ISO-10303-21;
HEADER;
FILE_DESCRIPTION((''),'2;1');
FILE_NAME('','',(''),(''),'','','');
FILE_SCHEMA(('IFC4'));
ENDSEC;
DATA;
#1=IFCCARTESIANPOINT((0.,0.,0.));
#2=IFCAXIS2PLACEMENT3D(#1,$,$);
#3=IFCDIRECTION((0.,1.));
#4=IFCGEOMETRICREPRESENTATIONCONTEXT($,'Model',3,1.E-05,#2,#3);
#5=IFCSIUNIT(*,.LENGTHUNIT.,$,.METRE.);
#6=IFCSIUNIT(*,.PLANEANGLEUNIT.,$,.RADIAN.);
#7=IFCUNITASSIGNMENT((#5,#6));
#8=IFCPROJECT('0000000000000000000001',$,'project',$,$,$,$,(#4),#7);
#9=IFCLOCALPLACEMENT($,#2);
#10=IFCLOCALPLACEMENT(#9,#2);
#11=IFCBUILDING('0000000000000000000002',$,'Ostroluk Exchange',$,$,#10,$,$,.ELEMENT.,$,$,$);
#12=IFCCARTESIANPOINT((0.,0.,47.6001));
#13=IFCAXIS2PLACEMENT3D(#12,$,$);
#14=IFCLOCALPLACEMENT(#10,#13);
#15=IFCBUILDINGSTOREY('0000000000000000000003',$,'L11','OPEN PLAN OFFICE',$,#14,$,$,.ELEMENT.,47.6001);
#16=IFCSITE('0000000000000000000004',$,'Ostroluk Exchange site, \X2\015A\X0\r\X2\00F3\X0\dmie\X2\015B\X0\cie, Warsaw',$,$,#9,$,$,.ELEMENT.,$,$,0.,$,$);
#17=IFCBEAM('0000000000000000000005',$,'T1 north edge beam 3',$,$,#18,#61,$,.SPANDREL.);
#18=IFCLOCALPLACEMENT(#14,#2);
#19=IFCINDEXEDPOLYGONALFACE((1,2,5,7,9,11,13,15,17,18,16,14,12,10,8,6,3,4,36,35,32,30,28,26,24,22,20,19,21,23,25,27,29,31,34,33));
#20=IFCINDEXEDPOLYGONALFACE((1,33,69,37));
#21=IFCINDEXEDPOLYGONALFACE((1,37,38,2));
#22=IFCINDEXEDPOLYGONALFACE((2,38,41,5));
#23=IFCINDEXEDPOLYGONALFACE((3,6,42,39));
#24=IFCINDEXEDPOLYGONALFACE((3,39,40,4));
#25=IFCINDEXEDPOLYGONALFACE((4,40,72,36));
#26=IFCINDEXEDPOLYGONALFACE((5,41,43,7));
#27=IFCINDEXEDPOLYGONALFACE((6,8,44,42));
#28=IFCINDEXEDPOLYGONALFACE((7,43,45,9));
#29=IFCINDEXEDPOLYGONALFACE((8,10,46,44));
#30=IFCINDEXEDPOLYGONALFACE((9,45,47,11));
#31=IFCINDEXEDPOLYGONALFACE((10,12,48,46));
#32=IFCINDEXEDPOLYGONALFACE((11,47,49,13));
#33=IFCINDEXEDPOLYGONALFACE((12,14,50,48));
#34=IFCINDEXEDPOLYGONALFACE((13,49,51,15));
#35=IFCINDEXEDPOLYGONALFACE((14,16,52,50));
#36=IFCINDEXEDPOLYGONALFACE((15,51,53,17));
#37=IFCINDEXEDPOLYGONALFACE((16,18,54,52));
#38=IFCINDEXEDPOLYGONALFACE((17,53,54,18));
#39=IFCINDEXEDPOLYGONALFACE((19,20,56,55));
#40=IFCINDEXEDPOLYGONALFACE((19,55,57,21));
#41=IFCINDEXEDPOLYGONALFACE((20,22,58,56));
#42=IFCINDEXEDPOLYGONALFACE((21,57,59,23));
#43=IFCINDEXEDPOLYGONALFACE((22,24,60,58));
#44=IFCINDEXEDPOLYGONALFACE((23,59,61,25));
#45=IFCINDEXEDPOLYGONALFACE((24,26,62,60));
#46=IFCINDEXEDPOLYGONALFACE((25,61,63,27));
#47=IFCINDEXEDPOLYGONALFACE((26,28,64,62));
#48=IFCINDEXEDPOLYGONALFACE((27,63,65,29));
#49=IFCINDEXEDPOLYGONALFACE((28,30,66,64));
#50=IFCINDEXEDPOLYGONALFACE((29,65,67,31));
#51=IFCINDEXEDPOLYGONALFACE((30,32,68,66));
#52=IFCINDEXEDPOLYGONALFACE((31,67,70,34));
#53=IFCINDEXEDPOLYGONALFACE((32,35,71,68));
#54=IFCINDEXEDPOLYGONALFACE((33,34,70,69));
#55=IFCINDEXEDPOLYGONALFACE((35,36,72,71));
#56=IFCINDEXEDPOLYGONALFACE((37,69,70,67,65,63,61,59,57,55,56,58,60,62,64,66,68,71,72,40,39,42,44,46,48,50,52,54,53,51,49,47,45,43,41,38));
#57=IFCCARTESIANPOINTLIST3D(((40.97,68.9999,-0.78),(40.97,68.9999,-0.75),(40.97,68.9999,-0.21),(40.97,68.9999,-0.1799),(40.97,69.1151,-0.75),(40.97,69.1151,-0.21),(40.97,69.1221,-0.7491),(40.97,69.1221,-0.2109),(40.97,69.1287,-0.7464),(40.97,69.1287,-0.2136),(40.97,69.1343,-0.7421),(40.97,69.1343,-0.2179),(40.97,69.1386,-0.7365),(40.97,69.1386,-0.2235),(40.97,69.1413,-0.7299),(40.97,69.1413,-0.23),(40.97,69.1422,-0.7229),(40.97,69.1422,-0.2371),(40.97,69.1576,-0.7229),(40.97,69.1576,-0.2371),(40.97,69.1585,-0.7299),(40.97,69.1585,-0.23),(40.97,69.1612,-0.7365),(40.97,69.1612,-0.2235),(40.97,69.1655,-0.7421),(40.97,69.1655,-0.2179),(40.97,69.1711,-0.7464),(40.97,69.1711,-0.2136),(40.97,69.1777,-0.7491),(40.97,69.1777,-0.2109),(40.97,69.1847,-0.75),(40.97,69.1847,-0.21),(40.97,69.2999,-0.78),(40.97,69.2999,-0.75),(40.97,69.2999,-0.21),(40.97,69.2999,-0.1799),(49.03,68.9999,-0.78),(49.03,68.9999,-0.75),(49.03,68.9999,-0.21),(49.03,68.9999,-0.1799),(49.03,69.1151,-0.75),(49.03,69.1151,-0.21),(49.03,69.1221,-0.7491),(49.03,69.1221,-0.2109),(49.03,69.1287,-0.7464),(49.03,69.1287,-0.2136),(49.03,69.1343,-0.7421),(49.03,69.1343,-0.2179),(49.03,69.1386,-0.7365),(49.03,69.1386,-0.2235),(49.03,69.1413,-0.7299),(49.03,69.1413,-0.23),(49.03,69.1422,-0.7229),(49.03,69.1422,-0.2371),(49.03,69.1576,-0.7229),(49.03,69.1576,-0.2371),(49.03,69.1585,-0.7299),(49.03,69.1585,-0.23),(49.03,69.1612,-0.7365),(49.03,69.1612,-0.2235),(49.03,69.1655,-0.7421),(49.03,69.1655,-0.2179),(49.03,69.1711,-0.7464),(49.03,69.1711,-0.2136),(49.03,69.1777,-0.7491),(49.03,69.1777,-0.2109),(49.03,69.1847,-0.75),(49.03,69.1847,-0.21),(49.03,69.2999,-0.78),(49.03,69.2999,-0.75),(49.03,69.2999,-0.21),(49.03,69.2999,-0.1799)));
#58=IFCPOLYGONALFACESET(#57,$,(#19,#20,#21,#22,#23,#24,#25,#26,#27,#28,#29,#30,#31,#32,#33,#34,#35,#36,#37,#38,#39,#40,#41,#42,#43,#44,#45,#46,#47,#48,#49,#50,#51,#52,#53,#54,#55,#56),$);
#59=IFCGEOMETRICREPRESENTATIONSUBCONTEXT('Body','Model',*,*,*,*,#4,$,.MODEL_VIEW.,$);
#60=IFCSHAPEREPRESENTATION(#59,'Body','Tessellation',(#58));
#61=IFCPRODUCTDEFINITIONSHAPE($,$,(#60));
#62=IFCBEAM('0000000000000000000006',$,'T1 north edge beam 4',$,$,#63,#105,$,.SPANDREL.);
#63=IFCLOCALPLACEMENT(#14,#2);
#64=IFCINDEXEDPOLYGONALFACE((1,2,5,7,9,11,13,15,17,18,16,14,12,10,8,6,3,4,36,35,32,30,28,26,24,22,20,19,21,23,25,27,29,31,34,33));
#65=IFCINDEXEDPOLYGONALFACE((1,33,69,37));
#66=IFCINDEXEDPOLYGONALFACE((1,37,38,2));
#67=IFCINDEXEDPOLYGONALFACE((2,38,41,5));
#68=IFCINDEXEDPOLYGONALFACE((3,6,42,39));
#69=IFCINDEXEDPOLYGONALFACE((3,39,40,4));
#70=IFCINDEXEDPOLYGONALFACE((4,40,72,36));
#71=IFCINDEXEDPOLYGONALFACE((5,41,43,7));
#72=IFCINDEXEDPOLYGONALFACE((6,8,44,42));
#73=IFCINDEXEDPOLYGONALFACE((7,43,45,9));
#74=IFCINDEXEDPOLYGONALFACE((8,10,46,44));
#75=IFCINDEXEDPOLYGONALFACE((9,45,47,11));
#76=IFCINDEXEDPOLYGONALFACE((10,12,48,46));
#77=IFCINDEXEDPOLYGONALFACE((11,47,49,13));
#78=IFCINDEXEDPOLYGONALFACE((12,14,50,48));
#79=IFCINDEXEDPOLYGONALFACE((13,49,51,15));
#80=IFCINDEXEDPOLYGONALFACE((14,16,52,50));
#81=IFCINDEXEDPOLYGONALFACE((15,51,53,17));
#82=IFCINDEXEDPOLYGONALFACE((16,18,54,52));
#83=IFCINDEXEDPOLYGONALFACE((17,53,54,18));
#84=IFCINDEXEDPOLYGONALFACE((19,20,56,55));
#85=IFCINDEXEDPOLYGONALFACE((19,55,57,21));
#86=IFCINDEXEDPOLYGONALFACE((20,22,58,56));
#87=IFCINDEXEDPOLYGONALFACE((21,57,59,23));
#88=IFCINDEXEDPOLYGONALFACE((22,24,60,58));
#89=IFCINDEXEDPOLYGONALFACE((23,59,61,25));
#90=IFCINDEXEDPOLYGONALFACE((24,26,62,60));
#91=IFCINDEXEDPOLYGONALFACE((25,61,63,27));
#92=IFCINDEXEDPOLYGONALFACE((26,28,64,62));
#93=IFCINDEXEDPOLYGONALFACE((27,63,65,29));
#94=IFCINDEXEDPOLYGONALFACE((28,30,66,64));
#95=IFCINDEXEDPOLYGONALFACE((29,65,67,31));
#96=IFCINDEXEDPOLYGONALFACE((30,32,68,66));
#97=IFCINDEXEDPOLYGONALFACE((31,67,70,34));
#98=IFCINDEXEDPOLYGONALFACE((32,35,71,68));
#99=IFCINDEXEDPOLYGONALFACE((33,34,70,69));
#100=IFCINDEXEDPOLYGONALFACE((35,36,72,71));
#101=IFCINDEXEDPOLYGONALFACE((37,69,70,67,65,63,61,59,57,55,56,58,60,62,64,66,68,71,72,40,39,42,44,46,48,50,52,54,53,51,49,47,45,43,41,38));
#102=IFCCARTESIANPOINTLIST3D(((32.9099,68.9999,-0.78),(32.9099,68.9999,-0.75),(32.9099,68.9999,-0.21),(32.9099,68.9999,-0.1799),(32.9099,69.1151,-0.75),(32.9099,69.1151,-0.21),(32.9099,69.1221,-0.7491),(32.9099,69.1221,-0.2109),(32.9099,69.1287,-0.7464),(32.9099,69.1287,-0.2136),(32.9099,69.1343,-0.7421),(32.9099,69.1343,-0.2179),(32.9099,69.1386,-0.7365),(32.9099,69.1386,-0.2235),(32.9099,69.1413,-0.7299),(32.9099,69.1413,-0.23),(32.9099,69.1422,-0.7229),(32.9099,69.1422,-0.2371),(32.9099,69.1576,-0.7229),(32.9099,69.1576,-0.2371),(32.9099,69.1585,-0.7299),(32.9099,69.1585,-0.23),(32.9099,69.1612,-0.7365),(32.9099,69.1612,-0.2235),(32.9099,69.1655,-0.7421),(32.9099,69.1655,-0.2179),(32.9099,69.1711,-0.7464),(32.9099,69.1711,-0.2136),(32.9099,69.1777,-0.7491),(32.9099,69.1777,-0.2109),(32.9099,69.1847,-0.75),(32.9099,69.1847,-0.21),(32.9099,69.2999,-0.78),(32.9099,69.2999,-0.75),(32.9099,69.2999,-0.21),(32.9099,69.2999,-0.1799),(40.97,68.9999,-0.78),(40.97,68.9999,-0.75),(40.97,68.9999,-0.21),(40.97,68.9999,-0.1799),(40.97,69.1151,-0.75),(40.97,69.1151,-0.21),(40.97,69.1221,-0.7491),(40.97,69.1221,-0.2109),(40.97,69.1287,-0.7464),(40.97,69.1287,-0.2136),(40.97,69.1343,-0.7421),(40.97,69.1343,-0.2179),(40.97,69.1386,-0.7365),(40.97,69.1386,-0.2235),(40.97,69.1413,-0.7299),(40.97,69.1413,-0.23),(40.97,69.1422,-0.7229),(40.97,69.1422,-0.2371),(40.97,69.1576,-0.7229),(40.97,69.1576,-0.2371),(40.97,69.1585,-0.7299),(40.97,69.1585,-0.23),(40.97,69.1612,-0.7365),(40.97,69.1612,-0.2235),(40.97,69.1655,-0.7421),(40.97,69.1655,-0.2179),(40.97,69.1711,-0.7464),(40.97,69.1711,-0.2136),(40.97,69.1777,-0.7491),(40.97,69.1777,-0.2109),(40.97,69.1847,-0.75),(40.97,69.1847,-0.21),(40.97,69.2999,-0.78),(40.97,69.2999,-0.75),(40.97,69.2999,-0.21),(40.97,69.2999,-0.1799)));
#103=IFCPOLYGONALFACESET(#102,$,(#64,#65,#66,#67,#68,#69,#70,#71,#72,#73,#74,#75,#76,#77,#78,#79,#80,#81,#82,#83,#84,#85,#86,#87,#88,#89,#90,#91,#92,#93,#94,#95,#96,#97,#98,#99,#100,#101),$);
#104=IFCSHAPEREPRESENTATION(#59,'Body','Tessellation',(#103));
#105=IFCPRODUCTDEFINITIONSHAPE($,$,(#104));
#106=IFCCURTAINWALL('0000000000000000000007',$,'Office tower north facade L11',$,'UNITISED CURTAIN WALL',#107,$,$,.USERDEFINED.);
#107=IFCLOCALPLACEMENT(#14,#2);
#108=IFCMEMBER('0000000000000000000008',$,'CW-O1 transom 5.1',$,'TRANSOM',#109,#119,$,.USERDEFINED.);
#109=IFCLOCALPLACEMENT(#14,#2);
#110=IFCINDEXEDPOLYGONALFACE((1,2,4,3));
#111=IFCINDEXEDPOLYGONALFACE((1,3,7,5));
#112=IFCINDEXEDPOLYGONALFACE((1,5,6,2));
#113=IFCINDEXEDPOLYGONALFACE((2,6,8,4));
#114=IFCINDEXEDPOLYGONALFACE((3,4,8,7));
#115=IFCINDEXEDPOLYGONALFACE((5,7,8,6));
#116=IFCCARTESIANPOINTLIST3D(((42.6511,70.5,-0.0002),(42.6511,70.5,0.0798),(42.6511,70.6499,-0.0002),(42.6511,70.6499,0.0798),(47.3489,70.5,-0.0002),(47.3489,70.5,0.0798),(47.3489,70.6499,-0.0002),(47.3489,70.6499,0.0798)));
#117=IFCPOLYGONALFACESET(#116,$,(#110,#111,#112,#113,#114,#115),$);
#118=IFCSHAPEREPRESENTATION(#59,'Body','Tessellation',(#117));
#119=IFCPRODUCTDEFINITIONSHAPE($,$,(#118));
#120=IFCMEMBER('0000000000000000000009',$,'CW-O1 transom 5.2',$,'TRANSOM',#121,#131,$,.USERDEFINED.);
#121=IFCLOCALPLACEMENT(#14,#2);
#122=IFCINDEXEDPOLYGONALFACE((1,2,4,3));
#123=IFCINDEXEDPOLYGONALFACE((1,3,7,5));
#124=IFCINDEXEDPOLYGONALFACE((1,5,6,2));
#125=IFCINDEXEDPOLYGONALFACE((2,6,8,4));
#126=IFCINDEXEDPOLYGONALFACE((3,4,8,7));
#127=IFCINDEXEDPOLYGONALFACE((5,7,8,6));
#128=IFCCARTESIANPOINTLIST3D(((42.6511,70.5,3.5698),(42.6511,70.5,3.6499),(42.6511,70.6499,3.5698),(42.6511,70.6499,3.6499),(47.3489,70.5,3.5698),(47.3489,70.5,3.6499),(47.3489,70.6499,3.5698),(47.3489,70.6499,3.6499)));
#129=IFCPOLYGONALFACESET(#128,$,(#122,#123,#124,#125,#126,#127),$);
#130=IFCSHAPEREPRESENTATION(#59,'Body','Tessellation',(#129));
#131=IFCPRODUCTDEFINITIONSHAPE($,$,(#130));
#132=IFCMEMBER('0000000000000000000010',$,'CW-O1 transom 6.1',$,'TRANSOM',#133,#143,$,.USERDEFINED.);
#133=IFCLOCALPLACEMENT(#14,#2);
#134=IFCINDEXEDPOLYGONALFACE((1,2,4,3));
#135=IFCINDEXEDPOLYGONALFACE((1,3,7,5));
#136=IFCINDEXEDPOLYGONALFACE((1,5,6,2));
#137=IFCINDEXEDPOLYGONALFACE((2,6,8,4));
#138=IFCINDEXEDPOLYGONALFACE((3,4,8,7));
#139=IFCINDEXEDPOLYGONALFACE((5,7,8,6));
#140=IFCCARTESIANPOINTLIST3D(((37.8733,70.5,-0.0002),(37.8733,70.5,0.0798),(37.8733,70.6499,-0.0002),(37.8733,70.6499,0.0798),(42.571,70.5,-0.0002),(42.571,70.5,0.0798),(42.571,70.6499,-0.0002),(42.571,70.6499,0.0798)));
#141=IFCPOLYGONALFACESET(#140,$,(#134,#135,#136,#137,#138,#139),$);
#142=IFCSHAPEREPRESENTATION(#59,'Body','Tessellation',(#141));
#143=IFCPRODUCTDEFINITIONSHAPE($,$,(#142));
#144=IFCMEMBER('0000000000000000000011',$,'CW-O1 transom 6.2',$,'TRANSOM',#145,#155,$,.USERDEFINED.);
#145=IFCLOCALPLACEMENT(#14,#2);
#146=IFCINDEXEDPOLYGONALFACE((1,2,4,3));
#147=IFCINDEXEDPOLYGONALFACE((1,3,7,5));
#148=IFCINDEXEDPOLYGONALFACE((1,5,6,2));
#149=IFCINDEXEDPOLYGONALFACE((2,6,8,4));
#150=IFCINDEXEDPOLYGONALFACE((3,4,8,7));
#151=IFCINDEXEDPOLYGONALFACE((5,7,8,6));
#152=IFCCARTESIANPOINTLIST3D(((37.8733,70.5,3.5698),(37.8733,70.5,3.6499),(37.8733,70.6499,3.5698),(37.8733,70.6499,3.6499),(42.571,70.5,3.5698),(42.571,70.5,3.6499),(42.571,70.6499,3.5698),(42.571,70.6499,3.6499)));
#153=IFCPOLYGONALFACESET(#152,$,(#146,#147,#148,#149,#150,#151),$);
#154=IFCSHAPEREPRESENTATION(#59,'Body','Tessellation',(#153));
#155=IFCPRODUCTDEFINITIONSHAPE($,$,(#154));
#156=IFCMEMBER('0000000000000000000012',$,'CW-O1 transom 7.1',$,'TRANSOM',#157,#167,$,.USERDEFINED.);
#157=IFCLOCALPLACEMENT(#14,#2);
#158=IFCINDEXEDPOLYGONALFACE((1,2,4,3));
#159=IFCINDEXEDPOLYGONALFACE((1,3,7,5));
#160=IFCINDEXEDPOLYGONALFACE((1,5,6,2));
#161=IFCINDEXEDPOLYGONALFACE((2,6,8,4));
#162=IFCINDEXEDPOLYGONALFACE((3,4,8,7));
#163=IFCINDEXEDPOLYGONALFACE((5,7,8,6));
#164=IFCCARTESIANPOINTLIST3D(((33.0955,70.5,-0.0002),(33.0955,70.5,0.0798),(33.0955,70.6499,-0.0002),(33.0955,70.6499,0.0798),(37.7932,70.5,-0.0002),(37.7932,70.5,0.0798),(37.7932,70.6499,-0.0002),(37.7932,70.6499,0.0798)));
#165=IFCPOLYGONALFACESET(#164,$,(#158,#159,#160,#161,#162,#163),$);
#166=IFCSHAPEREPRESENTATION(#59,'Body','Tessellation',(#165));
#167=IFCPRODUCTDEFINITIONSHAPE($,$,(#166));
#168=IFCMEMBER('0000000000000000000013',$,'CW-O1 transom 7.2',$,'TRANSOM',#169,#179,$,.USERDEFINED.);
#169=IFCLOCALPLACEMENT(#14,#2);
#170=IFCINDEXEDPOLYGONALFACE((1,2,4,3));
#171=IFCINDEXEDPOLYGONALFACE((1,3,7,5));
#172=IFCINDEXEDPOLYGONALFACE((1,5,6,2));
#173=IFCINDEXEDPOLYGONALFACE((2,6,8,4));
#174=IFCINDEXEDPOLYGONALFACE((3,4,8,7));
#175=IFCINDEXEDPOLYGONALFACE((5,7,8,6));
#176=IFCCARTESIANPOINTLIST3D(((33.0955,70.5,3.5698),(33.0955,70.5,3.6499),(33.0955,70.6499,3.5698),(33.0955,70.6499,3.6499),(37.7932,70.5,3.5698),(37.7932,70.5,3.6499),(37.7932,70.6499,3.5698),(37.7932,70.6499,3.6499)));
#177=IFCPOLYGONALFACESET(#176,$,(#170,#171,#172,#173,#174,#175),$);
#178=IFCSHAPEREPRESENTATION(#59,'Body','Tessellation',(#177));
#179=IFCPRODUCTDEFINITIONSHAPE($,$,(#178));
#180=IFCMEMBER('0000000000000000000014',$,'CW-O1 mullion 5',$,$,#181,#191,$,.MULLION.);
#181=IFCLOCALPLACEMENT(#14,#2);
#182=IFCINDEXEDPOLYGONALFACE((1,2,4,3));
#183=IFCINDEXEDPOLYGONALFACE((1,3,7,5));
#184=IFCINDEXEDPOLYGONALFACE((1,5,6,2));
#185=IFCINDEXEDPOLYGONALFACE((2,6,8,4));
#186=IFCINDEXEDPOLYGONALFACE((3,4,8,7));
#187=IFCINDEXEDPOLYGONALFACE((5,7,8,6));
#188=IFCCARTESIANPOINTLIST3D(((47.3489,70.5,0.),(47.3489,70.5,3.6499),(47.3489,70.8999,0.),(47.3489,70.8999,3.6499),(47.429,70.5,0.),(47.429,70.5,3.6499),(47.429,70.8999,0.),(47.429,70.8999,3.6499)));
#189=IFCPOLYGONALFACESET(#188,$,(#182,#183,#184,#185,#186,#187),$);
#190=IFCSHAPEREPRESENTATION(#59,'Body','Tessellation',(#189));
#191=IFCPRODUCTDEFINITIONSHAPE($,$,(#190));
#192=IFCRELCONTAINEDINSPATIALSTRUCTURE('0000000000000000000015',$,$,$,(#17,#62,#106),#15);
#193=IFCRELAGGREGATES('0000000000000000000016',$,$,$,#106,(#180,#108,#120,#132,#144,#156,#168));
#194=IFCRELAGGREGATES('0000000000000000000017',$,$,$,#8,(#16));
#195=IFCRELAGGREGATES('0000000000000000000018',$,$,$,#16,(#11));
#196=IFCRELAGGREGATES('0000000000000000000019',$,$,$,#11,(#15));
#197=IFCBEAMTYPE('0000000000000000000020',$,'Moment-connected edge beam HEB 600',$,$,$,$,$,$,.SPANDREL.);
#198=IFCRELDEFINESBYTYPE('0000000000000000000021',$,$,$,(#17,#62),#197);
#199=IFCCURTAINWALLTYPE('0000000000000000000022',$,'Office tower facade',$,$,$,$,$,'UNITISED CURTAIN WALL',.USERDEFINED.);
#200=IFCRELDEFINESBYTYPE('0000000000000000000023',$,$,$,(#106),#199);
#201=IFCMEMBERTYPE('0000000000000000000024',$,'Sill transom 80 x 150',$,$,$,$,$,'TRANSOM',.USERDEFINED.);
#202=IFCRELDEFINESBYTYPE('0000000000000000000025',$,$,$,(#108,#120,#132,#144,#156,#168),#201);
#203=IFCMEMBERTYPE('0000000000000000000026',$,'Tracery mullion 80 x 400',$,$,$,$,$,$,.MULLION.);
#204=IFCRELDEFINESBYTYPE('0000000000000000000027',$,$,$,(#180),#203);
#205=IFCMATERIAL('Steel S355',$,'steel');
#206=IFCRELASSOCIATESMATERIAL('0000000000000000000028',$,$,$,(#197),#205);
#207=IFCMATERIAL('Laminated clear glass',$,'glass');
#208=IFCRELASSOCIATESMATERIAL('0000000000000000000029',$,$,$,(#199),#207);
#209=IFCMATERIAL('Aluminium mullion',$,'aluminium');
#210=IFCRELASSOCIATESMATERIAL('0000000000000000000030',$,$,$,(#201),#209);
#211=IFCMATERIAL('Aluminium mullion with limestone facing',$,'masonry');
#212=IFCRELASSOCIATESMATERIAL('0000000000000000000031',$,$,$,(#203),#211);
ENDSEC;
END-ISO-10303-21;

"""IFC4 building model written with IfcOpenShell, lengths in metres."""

from ifc_helpers import new_model, si_unit, direction, frame, origin, origin_2d, place, context, subcontext, project, spatial, rectangle, i_section, extrude, material, material_profile, profile_set, type_object, element, aggregate, save


model = new_model("IFC4")

# Units and contexts
model_context = context("Model", 3, precision=1e-05, world=origin(), true_north=direction((0.0, 1.0)))
body_context = subcontext(model_context, "Body", "Model", "MODEL_VIEW")
ifc_project = project(units=[si_unit("LENGTHUNIT", "METRE"), si_unit("PLANEANGLEUNIT", "RADIAN")], contexts=[model_context])

# Site, building, storey
site_placement = place(None, origin())
site = spatial("IfcSite", under=ifc_project, at=site_placement, Name="Ostroluk Exchange site, Śródmieście, Warsaw", CompositionType="ELEMENT", RefElevation=0.0)
building_placement = place(site_placement, origin())
building = spatial("IfcBuilding", under=site, at=building_placement, Name="Ostroluk Exchange", CompositionType="ELEMENT")
storey_placement = place(building_placement, frame((0.0, 0.0, 47.6001)))
storey = spatial("IfcBuildingStorey", under=building, at=storey_placement, Name="L11", Description="OPEN PLAN OFFICE", CompositionType="ELEMENT", Elevation=47.6001)

# Beams
ifc_material_1 = material(Name="Steel S355", Category="steel")
ifc_material_profile_1 = material_profile(ifc_material_1, i_section(OverallWidth=0.3, OverallDepth=0.6001, WebThickness=0.0154, FlangeThickness=0.03, FilletRadius=0.0271, at=origin_2d()), Name="HEB 600")
ifc_profile_set_1 = profile_set([ifc_material_profile_1], Name="Steel S355")
beam_type = type_object("IfcBeamType", Name="Moment-connected edge beam HEB 600", PredefinedType="SPANDREL", material=ifc_profile_set_1)
for number, where, z_axis, x_axis, name in (
    (1, (49.03, 69.1499, -0.48), (-1.0, 0.0, 0.0), (0.0, -1.0, 0.0), "T1 north edge beam 3"),
    (2, (40.97, 69.1499, -0.48), (-1.0, 0.0, 0.0), (0.0, -1.0, 0.0), "T1 north edge beam 4"),
):
    element("IfcBeam", number, at=place(storey_placement, frame(where, z_axis=z_axis, x_axis=x_axis)), inside=storey, type_object=beam_type, Name=name, PredefinedType="SPANDREL", context=body_context, shape_type="SweptSolid", body=[
        extrude(i_section(OverallWidth=0.3, OverallDepth=0.6001, WebThickness=0.0154, FlangeThickness=0.03, FilletRadius=0.0271, at=origin_2d()), origin(), (0.0, 0.0, 1.0), 8.0601),
    ])

# Curtain wall, members
ifc_material_2 = material(Name="Laminated clear glass", Category="glass")
curtain_wall_type = type_object("IfcCurtainWallType", Name="Office tower facade", ElementType="UNITISED CURTAIN WALL", PredefinedType="USERDEFINED", material=ifc_material_2)
curtain_wall_placement = place(storey_placement, origin())
curtain_wall = element("IfcCurtainWall", 3, at=curtain_wall_placement, inside=storey, type_object=curtain_wall_type, Name="Office tower north facade L11", ObjectType="UNITISED CURTAIN WALL", PredefinedType="USERDEFINED")
ifc_material_3 = material(Name="Aluminium mullion", Category="aluminium")
ifc_material_profile_2 = material_profile(ifc_material_3, rectangle(XDim=0.1499, YDim=0.0801, at=origin_2d()), Name="Sill transom 80 x 150")
ifc_profile_set_2 = profile_set([ifc_material_profile_2], Name="Aluminium mullion")
member_type_1 = type_object("IfcMemberType", Name="Sill transom 80 x 150", ElementType="TRANSOM", PredefinedType="USERDEFINED", material=ifc_profile_set_2)
member_1_placement = place(storey_placement, frame((47.3489, 70.575, 0.0398), z_axis=(-1.0, 0.0, 0.0), x_axis=(0.0, -1.0, 0.0)))
member_1 = element("IfcMember", 4, at=member_1_placement, type_object=member_type_1, Name="CW-O1 transom 5.1", ObjectType="TRANSOM", PredefinedType="USERDEFINED", context=body_context, shape_type="SweptSolid", body=[
    extrude(rectangle(XDim=0.1499, YDim=0.0801, at=origin_2d()), origin(), (0.0, 0.0, 1.0), 4.6978),
])
member_2_placement = place(storey_placement, frame((47.3489, 70.575, 3.6099), z_axis=(-1.0, 0.0, 0.0), x_axis=(0.0, -1.0, 0.0)))
member_2 = element("IfcMember", 5, at=member_2_placement, type_object=member_type_1, Name="CW-O1 transom 5.2", ObjectType="TRANSOM", PredefinedType="USERDEFINED", context=body_context, shape_type="SweptSolid", body=[
    extrude(rectangle(XDim=0.1499, YDim=0.0801, at=origin_2d()), origin(), (0.0, 0.0, 1.0), 4.6978),
])
member_3_placement = place(storey_placement, frame((42.571, 70.575, 0.0398), z_axis=(-1.0, 0.0, 0.0), x_axis=(0.0, -1.0, 0.0)))
member_3 = element("IfcMember", 6, at=member_3_placement, type_object=member_type_1, Name="CW-O1 transom 6.1", ObjectType="TRANSOM", PredefinedType="USERDEFINED", context=body_context, shape_type="SweptSolid", body=[
    extrude(rectangle(XDim=0.1499, YDim=0.0801, at=origin_2d()), origin(), (0.0, 0.0, 1.0), 4.6978),
])
member_4_placement = place(storey_placement, frame((42.571, 70.575, 3.6099), z_axis=(-1.0, 0.0, 0.0), x_axis=(0.0, -1.0, 0.0)))
member_4 = element("IfcMember", 7, at=member_4_placement, type_object=member_type_1, Name="CW-O1 transom 6.2", ObjectType="TRANSOM", PredefinedType="USERDEFINED", context=body_context, shape_type="SweptSolid", body=[
    extrude(rectangle(XDim=0.1499, YDim=0.0801, at=origin_2d()), origin(), (0.0, 0.0, 1.0), 4.6978),
])
member_5_placement = place(storey_placement, frame((37.7932, 70.575, 0.0398), z_axis=(-1.0, 0.0, 0.0), x_axis=(0.0, -1.0, 0.0)))
member_5 = element("IfcMember", 8, at=member_5_placement, type_object=member_type_1, Name="CW-O1 transom 7.1", ObjectType="TRANSOM", PredefinedType="USERDEFINED", context=body_context, shape_type="SweptSolid", body=[
    extrude(rectangle(XDim=0.1499, YDim=0.0801, at=origin_2d()), origin(), (0.0, 0.0, 1.0), 4.6978),
])
member_6_placement = place(storey_placement, frame((37.7932, 70.575, 3.6099), z_axis=(-1.0, 0.0, 0.0), x_axis=(0.0, -1.0, 0.0)))
member_6 = element("IfcMember", 9, at=member_6_placement, type_object=member_type_1, Name="CW-O1 transom 7.2", ObjectType="TRANSOM", PredefinedType="USERDEFINED", context=body_context, shape_type="SweptSolid", body=[
    extrude(rectangle(XDim=0.1499, YDim=0.0801, at=origin_2d()), origin(), (0.0, 0.0, 1.0), 4.6978),
])
ifc_material_4 = material(Name="Aluminium mullion with limestone facing", Category="masonry")
ifc_material_profile_3 = material_profile(ifc_material_4, rectangle(XDim=0.3999, YDim=0.0801, at=origin_2d()), Name="Tracery mullion 80 x 400")
ifc_profile_set_3 = profile_set([ifc_material_profile_3], Name="Aluminium mullion with limestone facing")
member_type_2 = type_object("IfcMemberType", Name="Tracery mullion 80 x 400", PredefinedType="MULLION", material=ifc_profile_set_3)
member_7_placement = place(storey_placement, frame((47.3889, 70.7, 0.0), z_axis=(0.0, 0.0, 1.0), x_axis=(0.0, -1.0, 0.0)))
member_7 = element("IfcMember", 10, at=member_7_placement, type_object=member_type_2, Name="CW-O1 mullion 5", PredefinedType="MULLION", context=body_context, shape_type="SweptSolid", body=[
    extrude(rectangle(XDim=0.3999, YDim=0.0801, at=origin_2d()), origin(), (0.0, 0.0, 1.0), 3.6499),
])
aggregate(curtain_wall, [member_7, member_1, member_2, member_3, member_4, member_5, member_6])

save(model, "model.ifc")
